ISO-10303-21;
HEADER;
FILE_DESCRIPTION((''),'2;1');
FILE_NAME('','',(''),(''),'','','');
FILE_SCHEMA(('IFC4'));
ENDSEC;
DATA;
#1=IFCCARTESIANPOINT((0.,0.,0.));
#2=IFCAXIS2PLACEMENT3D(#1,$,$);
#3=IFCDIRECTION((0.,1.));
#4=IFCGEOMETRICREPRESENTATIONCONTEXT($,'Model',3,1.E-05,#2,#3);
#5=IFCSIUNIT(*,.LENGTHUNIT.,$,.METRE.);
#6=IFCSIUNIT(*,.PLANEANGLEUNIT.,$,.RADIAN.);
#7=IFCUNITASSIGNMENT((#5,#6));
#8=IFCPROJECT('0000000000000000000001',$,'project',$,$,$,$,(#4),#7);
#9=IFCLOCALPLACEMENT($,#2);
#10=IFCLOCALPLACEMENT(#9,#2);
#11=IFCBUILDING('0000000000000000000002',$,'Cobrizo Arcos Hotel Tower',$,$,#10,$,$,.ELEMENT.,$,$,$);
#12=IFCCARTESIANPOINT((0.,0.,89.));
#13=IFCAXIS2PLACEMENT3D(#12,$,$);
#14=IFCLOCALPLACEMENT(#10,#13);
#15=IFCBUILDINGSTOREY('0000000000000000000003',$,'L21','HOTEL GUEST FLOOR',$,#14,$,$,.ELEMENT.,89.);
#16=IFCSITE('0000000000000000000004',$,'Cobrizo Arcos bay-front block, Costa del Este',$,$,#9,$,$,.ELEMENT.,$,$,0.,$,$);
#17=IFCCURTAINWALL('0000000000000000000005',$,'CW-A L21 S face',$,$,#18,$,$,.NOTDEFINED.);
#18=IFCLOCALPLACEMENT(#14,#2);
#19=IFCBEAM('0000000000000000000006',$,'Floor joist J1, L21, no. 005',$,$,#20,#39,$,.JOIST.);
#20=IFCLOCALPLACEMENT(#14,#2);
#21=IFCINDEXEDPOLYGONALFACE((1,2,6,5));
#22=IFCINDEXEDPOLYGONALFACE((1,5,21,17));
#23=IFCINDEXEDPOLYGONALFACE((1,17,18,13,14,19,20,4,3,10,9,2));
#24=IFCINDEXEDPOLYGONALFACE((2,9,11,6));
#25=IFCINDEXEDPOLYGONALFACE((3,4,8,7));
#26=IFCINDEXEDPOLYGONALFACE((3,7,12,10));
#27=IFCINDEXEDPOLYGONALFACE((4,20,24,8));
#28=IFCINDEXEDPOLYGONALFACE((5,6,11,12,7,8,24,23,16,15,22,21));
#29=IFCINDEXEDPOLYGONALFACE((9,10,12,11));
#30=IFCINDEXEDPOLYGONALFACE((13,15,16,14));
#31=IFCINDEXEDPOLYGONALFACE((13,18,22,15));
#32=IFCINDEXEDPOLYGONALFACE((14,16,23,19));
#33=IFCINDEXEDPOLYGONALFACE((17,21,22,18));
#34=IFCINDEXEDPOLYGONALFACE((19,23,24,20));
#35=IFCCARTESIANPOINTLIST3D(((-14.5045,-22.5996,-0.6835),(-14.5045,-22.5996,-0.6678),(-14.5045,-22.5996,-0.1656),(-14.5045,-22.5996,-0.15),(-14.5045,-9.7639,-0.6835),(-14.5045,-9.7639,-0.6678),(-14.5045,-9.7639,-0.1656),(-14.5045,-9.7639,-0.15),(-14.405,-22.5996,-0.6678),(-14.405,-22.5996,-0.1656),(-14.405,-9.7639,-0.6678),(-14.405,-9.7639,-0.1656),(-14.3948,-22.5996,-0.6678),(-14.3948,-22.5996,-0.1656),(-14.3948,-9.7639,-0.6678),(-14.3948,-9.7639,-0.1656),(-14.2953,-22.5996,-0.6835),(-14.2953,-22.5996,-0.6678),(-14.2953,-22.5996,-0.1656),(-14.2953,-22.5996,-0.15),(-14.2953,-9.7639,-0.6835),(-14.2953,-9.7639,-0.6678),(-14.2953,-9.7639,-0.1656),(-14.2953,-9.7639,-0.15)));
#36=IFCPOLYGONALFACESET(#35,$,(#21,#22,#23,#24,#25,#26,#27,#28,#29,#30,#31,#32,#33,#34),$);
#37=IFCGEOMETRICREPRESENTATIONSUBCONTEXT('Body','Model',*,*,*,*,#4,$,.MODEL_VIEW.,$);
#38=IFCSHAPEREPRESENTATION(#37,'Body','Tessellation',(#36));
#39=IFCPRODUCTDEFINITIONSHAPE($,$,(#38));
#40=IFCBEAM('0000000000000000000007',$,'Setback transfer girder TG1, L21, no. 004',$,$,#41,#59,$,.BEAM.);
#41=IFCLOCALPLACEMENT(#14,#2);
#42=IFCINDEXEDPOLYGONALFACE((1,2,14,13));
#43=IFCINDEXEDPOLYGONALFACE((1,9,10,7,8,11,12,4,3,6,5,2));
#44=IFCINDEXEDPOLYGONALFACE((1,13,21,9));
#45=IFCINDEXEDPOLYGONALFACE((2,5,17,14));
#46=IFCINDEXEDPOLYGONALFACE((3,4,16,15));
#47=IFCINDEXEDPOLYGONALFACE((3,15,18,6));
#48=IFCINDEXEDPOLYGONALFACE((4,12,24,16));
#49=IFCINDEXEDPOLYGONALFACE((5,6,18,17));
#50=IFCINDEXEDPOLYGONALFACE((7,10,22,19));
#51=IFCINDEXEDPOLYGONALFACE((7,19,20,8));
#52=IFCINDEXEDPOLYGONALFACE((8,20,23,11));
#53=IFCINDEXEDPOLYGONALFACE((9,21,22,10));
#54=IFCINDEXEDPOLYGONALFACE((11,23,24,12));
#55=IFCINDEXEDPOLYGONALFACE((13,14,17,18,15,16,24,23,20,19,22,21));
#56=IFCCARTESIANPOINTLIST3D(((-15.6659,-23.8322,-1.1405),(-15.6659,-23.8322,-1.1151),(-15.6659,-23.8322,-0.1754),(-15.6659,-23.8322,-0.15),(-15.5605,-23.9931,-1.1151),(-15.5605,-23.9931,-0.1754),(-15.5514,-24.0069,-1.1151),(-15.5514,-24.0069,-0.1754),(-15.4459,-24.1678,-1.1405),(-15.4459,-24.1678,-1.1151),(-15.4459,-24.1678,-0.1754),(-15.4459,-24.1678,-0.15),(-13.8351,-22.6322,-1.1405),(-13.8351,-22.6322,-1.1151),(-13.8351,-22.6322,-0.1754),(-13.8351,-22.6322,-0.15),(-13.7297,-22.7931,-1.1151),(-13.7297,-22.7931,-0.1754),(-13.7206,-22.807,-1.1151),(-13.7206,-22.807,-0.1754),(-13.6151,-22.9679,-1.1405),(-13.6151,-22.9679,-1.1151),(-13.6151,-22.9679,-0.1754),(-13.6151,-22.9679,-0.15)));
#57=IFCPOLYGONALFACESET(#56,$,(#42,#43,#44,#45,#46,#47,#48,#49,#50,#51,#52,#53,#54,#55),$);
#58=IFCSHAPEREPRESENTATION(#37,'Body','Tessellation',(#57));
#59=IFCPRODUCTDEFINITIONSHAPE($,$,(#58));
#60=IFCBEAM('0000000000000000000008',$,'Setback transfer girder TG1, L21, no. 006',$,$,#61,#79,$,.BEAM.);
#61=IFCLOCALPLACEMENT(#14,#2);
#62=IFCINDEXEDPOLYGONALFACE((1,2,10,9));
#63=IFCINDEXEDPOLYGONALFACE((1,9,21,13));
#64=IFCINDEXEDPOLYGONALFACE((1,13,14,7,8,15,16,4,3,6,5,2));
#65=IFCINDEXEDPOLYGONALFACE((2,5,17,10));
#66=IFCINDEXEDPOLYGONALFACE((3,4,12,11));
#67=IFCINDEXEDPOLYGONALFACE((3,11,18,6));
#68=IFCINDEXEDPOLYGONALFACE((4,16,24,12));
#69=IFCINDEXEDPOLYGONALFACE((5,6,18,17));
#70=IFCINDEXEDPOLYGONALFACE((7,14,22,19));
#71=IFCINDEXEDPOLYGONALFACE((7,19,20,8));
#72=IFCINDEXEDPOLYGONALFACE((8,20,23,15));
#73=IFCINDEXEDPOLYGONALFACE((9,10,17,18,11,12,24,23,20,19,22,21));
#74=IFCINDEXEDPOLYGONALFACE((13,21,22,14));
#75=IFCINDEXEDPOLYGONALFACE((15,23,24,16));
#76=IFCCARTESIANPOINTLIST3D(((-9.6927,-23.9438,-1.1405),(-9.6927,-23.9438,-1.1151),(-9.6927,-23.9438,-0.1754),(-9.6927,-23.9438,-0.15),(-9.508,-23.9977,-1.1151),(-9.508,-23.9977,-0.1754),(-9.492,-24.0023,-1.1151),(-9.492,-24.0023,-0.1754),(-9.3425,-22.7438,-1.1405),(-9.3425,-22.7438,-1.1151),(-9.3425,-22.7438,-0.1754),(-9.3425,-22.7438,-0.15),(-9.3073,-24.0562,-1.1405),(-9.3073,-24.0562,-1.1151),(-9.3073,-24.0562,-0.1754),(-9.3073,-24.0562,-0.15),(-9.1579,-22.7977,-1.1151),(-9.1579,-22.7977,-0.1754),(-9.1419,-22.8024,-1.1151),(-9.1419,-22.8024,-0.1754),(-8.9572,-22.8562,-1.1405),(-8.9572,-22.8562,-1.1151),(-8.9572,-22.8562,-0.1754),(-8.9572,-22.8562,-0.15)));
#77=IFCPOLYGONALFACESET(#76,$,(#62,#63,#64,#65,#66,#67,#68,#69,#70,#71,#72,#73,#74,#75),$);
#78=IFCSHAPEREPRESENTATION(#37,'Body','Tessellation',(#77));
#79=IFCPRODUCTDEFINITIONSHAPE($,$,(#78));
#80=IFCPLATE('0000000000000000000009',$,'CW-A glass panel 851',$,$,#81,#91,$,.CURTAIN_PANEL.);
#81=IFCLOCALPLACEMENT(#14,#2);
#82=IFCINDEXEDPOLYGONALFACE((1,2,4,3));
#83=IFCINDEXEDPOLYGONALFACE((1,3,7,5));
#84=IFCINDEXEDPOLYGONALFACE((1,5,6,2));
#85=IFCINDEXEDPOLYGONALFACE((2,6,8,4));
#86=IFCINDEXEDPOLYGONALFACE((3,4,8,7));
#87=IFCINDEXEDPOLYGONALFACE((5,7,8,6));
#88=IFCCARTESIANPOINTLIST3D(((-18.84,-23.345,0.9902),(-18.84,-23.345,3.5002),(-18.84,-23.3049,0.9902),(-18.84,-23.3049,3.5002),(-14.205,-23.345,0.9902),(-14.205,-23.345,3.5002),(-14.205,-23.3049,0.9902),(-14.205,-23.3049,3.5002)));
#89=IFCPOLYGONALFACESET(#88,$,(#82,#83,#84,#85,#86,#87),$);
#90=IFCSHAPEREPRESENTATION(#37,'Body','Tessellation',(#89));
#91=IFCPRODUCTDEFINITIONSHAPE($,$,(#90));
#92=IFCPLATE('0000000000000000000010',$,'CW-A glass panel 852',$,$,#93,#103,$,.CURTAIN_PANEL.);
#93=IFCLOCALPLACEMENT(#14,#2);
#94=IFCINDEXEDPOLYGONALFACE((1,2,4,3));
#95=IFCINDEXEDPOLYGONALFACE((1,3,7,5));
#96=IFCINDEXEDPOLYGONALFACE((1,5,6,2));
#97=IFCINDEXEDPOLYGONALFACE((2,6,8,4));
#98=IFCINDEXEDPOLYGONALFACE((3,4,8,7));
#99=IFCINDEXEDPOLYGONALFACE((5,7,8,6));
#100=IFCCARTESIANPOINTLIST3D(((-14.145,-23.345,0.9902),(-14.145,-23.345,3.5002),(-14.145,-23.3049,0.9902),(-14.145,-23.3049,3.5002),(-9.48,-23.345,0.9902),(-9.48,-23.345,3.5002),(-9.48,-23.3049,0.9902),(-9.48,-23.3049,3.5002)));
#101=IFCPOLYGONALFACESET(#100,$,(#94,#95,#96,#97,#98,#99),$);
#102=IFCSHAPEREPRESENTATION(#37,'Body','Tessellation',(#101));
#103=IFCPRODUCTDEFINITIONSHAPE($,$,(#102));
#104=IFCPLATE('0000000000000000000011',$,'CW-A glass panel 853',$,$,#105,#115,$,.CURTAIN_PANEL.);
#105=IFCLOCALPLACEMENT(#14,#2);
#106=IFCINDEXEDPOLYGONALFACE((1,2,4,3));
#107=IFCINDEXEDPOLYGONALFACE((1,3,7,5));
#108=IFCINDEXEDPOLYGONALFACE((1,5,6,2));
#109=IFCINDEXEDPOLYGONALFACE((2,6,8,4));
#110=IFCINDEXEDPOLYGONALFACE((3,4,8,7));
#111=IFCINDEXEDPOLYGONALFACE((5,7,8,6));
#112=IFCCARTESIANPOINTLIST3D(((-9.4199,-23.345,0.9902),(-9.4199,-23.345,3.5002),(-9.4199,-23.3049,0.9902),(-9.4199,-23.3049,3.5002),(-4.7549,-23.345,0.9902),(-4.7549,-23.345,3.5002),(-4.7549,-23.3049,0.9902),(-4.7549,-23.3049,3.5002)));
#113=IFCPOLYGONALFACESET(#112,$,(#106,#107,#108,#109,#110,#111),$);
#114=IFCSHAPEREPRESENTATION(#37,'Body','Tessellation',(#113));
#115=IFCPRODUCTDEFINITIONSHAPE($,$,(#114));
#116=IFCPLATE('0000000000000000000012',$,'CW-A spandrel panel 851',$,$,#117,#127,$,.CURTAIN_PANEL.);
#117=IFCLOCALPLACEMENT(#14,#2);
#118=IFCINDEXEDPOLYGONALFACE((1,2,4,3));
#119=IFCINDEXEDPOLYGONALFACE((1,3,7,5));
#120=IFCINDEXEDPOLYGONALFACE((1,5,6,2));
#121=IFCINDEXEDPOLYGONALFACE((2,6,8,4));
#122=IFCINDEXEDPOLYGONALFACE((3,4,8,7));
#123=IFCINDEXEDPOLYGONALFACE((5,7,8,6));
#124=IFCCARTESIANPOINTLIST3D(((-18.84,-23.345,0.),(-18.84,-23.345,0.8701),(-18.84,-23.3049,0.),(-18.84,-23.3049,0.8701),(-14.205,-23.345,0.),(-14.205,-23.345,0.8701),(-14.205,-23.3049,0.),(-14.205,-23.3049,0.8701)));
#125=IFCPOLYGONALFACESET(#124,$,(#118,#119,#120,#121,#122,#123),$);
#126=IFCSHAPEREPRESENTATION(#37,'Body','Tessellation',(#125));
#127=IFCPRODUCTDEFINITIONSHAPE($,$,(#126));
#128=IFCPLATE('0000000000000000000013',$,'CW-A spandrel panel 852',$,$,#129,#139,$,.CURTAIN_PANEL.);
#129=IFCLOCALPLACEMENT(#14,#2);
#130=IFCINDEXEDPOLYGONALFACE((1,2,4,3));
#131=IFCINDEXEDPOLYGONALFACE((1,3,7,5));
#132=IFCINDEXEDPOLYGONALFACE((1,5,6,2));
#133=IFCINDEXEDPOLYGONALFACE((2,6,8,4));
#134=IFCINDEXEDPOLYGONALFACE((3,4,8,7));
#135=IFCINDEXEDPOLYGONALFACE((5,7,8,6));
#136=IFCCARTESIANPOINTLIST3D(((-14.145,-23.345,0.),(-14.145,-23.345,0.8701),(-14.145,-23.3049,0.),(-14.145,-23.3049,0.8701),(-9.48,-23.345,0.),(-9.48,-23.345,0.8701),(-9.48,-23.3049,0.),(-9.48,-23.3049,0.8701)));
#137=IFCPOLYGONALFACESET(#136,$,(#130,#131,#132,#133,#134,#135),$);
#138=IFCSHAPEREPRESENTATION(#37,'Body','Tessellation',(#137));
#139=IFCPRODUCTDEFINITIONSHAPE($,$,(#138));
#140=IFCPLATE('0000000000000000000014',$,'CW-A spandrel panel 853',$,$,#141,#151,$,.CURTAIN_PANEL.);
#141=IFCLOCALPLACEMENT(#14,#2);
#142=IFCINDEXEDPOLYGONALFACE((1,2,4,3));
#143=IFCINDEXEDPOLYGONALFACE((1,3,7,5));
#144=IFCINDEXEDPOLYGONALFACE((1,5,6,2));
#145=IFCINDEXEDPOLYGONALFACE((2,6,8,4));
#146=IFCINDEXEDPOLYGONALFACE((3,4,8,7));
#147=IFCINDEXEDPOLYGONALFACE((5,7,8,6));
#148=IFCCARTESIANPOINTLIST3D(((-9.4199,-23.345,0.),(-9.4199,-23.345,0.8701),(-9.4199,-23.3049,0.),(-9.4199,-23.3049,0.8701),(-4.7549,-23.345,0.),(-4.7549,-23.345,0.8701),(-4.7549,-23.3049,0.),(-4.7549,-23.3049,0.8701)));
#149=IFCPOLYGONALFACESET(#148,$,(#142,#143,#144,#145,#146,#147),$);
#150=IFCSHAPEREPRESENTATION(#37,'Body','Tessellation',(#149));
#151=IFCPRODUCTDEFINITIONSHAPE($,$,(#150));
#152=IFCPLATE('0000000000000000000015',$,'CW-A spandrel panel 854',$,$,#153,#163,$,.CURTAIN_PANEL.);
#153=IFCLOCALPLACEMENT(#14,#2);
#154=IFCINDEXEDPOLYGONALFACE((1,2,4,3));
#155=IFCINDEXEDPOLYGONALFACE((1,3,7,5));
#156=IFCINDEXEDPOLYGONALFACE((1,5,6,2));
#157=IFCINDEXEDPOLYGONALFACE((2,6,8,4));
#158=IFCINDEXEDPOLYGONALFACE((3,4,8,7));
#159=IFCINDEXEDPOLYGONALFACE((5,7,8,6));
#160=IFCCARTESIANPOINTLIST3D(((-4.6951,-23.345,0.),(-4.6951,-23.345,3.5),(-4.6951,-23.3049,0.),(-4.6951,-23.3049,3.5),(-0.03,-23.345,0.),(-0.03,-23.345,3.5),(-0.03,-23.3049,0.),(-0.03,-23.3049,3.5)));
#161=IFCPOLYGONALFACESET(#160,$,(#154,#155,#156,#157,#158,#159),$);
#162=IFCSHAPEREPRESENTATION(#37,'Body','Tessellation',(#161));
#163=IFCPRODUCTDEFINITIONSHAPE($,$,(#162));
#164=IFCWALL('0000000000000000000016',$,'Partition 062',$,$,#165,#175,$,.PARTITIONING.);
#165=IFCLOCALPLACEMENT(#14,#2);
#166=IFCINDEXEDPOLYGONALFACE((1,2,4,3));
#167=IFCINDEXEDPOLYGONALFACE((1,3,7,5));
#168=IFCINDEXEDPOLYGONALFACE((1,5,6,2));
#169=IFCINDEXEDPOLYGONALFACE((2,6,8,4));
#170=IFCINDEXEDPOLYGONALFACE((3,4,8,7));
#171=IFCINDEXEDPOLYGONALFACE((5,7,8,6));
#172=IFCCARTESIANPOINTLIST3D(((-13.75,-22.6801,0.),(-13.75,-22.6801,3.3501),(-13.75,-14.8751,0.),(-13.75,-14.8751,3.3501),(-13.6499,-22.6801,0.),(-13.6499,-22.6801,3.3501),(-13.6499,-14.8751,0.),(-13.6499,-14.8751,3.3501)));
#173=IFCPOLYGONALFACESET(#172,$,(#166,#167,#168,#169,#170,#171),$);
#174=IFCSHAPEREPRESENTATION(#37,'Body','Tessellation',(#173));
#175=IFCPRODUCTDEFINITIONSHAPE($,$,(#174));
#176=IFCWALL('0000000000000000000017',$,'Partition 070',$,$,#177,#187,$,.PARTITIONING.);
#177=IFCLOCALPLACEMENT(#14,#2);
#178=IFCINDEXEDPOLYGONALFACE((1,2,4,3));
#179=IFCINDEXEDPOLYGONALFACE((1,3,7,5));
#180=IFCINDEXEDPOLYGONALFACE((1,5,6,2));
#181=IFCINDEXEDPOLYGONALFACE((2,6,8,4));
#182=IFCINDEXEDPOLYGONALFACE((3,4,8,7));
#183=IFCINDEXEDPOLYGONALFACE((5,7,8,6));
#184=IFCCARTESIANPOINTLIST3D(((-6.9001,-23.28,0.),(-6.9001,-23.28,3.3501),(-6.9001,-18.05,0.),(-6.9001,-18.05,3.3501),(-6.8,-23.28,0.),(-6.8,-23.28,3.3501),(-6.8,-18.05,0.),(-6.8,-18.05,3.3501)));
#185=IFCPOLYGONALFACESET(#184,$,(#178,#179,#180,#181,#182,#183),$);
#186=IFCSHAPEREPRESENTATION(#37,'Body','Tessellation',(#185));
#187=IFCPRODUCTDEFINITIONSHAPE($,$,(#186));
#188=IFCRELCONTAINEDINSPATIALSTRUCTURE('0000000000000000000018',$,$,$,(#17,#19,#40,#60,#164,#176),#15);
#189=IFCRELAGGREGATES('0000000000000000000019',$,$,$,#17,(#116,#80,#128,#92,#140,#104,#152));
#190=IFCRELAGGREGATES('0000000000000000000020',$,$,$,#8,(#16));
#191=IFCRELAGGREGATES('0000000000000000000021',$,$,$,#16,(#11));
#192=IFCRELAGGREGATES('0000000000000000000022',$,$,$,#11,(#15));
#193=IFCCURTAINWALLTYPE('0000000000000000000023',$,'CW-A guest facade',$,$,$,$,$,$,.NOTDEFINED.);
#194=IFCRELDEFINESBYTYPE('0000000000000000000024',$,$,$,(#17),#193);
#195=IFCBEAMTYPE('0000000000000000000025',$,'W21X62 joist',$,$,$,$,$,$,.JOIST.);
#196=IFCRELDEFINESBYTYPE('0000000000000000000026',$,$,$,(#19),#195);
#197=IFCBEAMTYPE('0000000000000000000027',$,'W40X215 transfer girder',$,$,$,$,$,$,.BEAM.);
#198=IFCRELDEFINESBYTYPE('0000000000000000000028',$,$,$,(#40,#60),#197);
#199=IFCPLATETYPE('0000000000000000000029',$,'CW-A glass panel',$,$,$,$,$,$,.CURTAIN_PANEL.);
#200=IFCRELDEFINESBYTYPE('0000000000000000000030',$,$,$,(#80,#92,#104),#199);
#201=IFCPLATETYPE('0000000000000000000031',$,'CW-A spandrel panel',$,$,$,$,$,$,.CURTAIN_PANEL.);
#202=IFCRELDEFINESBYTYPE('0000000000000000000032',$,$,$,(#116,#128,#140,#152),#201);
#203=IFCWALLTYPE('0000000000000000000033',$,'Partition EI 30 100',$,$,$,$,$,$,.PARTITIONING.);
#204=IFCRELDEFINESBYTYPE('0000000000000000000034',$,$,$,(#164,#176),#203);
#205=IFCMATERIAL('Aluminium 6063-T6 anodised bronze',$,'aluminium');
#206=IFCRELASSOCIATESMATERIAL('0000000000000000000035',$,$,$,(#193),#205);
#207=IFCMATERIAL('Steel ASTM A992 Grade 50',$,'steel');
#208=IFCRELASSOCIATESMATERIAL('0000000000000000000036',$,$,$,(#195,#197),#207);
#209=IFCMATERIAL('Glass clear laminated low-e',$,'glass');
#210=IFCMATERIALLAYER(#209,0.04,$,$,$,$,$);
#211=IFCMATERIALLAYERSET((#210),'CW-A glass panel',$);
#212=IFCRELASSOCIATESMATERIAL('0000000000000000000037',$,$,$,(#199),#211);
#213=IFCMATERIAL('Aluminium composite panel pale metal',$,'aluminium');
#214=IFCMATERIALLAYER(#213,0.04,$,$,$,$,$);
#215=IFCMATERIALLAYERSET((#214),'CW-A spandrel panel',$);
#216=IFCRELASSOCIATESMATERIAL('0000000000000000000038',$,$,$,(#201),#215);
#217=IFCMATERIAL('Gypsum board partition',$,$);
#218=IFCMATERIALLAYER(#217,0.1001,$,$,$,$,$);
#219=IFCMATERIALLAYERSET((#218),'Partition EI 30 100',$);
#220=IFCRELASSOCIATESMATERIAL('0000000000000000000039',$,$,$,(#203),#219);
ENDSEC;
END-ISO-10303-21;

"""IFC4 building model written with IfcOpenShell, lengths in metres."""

from ifc_helpers import new_model, si_unit, direction, frame, frame_2d, origin, origin_2d, place, context, subcontext, project, spatial, rectangle, i_section, extrude, material, layer, layer_set, material_profile, profile_set, type_object, element, aggregate, save


model = new_model("IFC4")

# Units and contexts
model_context = context("Model", 3, precision=1e-05, world=origin(), true_north=direction((0.0, 1.0)))
body_context = subcontext(model_context, "Body", "Model", "MODEL_VIEW")
ifc_project = project(units=[si_unit("LENGTHUNIT", "METRE"), si_unit("PLANEANGLEUNIT", "RADIAN")], contexts=[model_context])

# Site, building, storey
site_placement = place(None, origin())
site = spatial("IfcSite", under=ifc_project, at=site_placement, Name="Cobrizo Arcos bay-front block, Costa del Este", CompositionType="ELEMENT", RefElevation=0.0)
building_placement = place(site_placement, origin())
building = spatial("IfcBuilding", under=site, at=building_placement, Name="Cobrizo Arcos Hotel Tower", CompositionType="ELEMENT")
storey_placement = place(building_placement, frame((0.0, 0.0, 89.0)))
storey = spatial("IfcBuildingStorey", under=building, at=storey_placement, Name="L21", Description="HOTEL GUEST FLOOR", CompositionType="ELEMENT", Elevation=89.0)

# Curtain wall
ifc_material_1 = material(Name="Aluminium 6063-T6 anodised bronze", Category="aluminium")
curtain_wall_type = type_object("IfcCurtainWallType", Name="CW-A guest facade", PredefinedType="NOTDEFINED", material=ifc_material_1)
curtain_wall_placement = place(storey_placement, origin())
curtain_wall = element("IfcCurtainWall", 1, at=curtain_wall_placement, inside=storey, type_object=curtain_wall_type, Name="CW-A L21 S face", PredefinedType="NOTDEFINED")

# Beams
ifc_material_2 = material(Name="Steel ASTM A992 Grade 50", Category="steel")
ifc_material_profile_1 = material_profile(ifc_material_2, i_section(OverallWidth=0.2092, OverallDepth=0.5334, WebThickness=0.0103, FlangeThickness=0.0156, at=origin_2d()), Name="W21X62")
ifc_profile_set_1 = profile_set([ifc_material_profile_1], Name="Steel ASTM A992 Grade 50")
beam_type_1 = type_object("IfcBeamType", Name="W21X62 joist", PredefinedType="JOIST", material=ifc_profile_set_1)
beam_1_placement = place(storey_placement, frame((-14.3999, -22.5996, -0.4167), z_axis=(0.0, 1.0, 0.0), x_axis=(-1.0, 0.0, 0.0)))
element("IfcBeam", 2, at=beam_1_placement, inside=storey, type_object=beam_type_1, Name="Floor joist J1, L21, no. 005", PredefinedType="JOIST", context=body_context, shape_type="SweptSolid", body=[
    extrude(i_section(OverallWidth=0.2092, OverallDepth=0.5334, WebThickness=0.0103, FlangeThickness=0.0156, at=origin_2d()), origin(), (0.0, 0.0, 1.0), 12.8357),
])
ifc_material_profile_2 = material_profile(ifc_material_2, i_section(OverallWidth=0.4014, OverallDepth=0.9905, WebThickness=0.0166, FlangeThickness=0.0254, at=origin_2d()), Name="W40X215")
ifc_profile_set_2 = profile_set([ifc_material_profile_2], Name="Steel ASTM A992 Grade 50")
beam_type_2 = type_object("IfcBeamType", Name="W40X215 transfer girder", PredefinedType="BEAM", material=ifc_profile_set_2)
beam_2_placement = place(storey_placement, frame((-15.5559, -24.0, -0.6453), z_axis=(0.836366, 0.548172, 0.0), x_axis=(-0.548172, 0.836366, 0.0)))
element("IfcBeam", 3, at=beam_2_placement, inside=storey, type_object=beam_type_2, Name="Setback transfer girder TG1, L21, no. 004", PredefinedType="BEAM", context=body_context, shape_type="SweptSolid", body=[
    extrude(i_section(OverallWidth=0.4014, OverallDepth=0.9905, WebThickness=0.0166, FlangeThickness=0.0254, at=origin_2d()), origin(), (0.0, 0.0, 1.0), 2.189),
])
beam_3_placement = place(storey_placement, frame((-9.5, -24.0, -0.6453), z_axis=(0.280083, 0.959976, 0.0), x_axis=(-0.959976, 0.280083, 0.0)))
element("IfcBeam", 4, at=beam_3_placement, inside=storey, type_object=beam_type_2, Name="Setback transfer girder TG1, L21, no. 006", PredefinedType="BEAM", context=body_context, shape_type="SweptSolid", body=[
    extrude(i_section(OverallWidth=0.4014, OverallDepth=0.9905, WebThickness=0.0166, FlangeThickness=0.0254, at=origin_2d()), origin(), (0.0, 0.0, 1.0), 1.25),
])

# Plates
ifc_material_3 = material(Name="Glass clear laminated low-e", Category="glass")
ifc_layer_1 = layer(ifc_material_3, 0.04)
ifc_layer_set_1 = layer_set([ifc_layer_1], Name="CW-A glass panel")
plate_type_1 = type_object("IfcPlateType", Name="CW-A glass panel", PredefinedType="CURTAIN_PANEL", material=ifc_layer_set_1)
plate_1_placement = place(storey_placement, frame((-16.5225, -23.325, 0.9902), z_axis=(0.0, 0.0, 1.0), x_axis=(1.0, 0.0, 0.0)))
plate_1 = element("IfcPlate", 5, at=plate_1_placement, type_object=plate_type_1, Name="CW-A glass panel 851", PredefinedType="CURTAIN_PANEL", context=body_context, shape_type="SweptSolid", body=[
    extrude(rectangle(XDim=4.635, YDim=0.04, at=origin_2d()), origin(), (0.0, 0.0, 1.0), 2.51),
])
plate_2_placement = place(storey_placement, frame((-11.8125, -23.325, 0.9902), z_axis=(0.0, 0.0, 1.0), x_axis=(1.0, 0.0, 0.0)))
plate_2 = element("IfcPlate", 6, at=plate_2_placement, type_object=plate_type_1, Name="CW-A glass panel 852", PredefinedType="CURTAIN_PANEL", context=body_context, shape_type="SweptSolid", body=[
    extrude(rectangle(XDim=4.665, YDim=0.04, at=origin_2d()), origin(), (0.0, 0.0, 1.0), 2.51),
])
plate_3_placement = place(storey_placement, frame((-7.0874, -23.325, 0.9902), z_axis=(0.0, 0.0, 1.0), x_axis=(1.0, 0.0, 0.0)))
plate_3 = element("IfcPlate", 7, at=plate_3_placement, type_object=plate_type_1, Name="CW-A glass panel 853", PredefinedType="CURTAIN_PANEL", context=body_context, shape_type="SweptSolid", body=[
    extrude(rectangle(XDim=4.665, YDim=0.04, at=origin_2d()), origin(), (0.0, 0.0, 1.0), 2.51),
])
ifc_material_4 = material(Name="Aluminium composite panel pale metal", Category="aluminium")
ifc_layer_2 = layer(ifc_material_4, 0.04)
ifc_layer_set_2 = layer_set([ifc_layer_2], Name="CW-A spandrel panel")
plate_type_2 = type_object("IfcPlateType", Name="CW-A spandrel panel", PredefinedType="CURTAIN_PANEL", material=ifc_layer_set_2)
plate_4_placement = place(storey_placement, frame((-16.5225, -23.325, 0.0), z_axis=(0.0, 0.0, 1.0), x_axis=(1.0, 0.0, 0.0)))
plate_4 = element("IfcPlate", 8, at=plate_4_placement, type_object=plate_type_2, Name="CW-A spandrel panel 851", PredefinedType="CURTAIN_PANEL", context=body_context, shape_type="SweptSolid", body=[
    extrude(rectangle(XDim=4.635, YDim=0.04, at=origin_2d()), origin(), (0.0, 0.0, 1.0), 0.8701),
])
plate_5_placement = place(storey_placement, frame((-11.8125, -23.325, 0.0), z_axis=(0.0, 0.0, 1.0), x_axis=(1.0, 0.0, 0.0)))
plate_5 = element("IfcPlate", 9, at=plate_5_placement, type_object=plate_type_2, Name="CW-A spandrel panel 852", PredefinedType="CURTAIN_PANEL", context=body_context, shape_type="SweptSolid", body=[
    extrude(rectangle(XDim=4.665, YDim=0.04, at=origin_2d()), origin(), (0.0, 0.0, 1.0), 0.8701),
])
plate_6_placement = place(storey_placement, frame((-7.0874, -23.325, 0.0), z_axis=(0.0, 0.0, 1.0), x_axis=(1.0, 0.0, 0.0)))
plate_6 = element("IfcPlate", 10, at=plate_6_placement, type_object=plate_type_2, Name="CW-A spandrel panel 853", PredefinedType="CURTAIN_PANEL", context=body_context, shape_type="SweptSolid", body=[
    extrude(rectangle(XDim=4.665, YDim=0.04, at=origin_2d()), origin(), (0.0, 0.0, 1.0), 0.8701),
])
plate_7_placement = place(storey_placement, frame((-2.3625, -23.325, 0.0), z_axis=(0.0, 0.0, 1.0), x_axis=(1.0, 0.0, 0.0)))
plate_7 = element("IfcPlate", 11, at=plate_7_placement, type_object=plate_type_2, Name="CW-A spandrel panel 854", PredefinedType="CURTAIN_PANEL", context=body_context, shape_type="SweptSolid", body=[
    extrude(rectangle(XDim=4.665, YDim=0.04, at=origin_2d()), origin(), (0.0, 0.0, 1.0), 3.5),
])
aggregate(curtain_wall, [plate_4, plate_1, plate_5, plate_2, plate_6, plate_3, plate_7])

# Walls
ifc_material_5 = material(Name="Gypsum board partition")
ifc_layer_3 = layer(ifc_material_5, 0.1001)
ifc_layer_set_3 = layer_set([ifc_layer_3], Name="Partition EI 30 100")
wall_type = type_object("IfcWallType", Name="Partition EI 30 100", PredefinedType="PARTITIONING", material=ifc_layer_set_3)
wall_1_placement = place(storey_placement, frame((-13.7, -22.6799, 0.0), z_axis=(0.0, 0.0, 1.0), x_axis=(0.0, 1.0, 0.0)))
element("IfcWall", 12, at=wall_1_placement, inside=storey, type_object=wall_type, Name="Partition 062", PredefinedType="PARTITIONING", context=body_context, shape_type="SweptSolid", body=[
    extrude(rectangle(XDim=7.8049, YDim=0.1001, at=frame_2d((3.9023, 0.0))), origin(), (0.0, 0.0, 1.0), 3.3501),
])
wall_2_placement = place(storey_placement, frame((-6.8501, -23.28, 0.0), z_axis=(0.0, 0.0, 1.0), x_axis=(0.0, 1.0, 0.0)))
element("IfcWall", 13, at=wall_2_placement, inside=storey, type_object=wall_type, Name="Partition 070", PredefinedType="PARTITIONING", context=body_context, shape_type="SweptSolid", body=[
    extrude(rectangle(XDim=5.23, YDim=0.1001, at=frame_2d((2.615, 0.0))), origin(), (0.0, 0.0, 1.0), 3.3501),
])

save(model, "model.ifc")
